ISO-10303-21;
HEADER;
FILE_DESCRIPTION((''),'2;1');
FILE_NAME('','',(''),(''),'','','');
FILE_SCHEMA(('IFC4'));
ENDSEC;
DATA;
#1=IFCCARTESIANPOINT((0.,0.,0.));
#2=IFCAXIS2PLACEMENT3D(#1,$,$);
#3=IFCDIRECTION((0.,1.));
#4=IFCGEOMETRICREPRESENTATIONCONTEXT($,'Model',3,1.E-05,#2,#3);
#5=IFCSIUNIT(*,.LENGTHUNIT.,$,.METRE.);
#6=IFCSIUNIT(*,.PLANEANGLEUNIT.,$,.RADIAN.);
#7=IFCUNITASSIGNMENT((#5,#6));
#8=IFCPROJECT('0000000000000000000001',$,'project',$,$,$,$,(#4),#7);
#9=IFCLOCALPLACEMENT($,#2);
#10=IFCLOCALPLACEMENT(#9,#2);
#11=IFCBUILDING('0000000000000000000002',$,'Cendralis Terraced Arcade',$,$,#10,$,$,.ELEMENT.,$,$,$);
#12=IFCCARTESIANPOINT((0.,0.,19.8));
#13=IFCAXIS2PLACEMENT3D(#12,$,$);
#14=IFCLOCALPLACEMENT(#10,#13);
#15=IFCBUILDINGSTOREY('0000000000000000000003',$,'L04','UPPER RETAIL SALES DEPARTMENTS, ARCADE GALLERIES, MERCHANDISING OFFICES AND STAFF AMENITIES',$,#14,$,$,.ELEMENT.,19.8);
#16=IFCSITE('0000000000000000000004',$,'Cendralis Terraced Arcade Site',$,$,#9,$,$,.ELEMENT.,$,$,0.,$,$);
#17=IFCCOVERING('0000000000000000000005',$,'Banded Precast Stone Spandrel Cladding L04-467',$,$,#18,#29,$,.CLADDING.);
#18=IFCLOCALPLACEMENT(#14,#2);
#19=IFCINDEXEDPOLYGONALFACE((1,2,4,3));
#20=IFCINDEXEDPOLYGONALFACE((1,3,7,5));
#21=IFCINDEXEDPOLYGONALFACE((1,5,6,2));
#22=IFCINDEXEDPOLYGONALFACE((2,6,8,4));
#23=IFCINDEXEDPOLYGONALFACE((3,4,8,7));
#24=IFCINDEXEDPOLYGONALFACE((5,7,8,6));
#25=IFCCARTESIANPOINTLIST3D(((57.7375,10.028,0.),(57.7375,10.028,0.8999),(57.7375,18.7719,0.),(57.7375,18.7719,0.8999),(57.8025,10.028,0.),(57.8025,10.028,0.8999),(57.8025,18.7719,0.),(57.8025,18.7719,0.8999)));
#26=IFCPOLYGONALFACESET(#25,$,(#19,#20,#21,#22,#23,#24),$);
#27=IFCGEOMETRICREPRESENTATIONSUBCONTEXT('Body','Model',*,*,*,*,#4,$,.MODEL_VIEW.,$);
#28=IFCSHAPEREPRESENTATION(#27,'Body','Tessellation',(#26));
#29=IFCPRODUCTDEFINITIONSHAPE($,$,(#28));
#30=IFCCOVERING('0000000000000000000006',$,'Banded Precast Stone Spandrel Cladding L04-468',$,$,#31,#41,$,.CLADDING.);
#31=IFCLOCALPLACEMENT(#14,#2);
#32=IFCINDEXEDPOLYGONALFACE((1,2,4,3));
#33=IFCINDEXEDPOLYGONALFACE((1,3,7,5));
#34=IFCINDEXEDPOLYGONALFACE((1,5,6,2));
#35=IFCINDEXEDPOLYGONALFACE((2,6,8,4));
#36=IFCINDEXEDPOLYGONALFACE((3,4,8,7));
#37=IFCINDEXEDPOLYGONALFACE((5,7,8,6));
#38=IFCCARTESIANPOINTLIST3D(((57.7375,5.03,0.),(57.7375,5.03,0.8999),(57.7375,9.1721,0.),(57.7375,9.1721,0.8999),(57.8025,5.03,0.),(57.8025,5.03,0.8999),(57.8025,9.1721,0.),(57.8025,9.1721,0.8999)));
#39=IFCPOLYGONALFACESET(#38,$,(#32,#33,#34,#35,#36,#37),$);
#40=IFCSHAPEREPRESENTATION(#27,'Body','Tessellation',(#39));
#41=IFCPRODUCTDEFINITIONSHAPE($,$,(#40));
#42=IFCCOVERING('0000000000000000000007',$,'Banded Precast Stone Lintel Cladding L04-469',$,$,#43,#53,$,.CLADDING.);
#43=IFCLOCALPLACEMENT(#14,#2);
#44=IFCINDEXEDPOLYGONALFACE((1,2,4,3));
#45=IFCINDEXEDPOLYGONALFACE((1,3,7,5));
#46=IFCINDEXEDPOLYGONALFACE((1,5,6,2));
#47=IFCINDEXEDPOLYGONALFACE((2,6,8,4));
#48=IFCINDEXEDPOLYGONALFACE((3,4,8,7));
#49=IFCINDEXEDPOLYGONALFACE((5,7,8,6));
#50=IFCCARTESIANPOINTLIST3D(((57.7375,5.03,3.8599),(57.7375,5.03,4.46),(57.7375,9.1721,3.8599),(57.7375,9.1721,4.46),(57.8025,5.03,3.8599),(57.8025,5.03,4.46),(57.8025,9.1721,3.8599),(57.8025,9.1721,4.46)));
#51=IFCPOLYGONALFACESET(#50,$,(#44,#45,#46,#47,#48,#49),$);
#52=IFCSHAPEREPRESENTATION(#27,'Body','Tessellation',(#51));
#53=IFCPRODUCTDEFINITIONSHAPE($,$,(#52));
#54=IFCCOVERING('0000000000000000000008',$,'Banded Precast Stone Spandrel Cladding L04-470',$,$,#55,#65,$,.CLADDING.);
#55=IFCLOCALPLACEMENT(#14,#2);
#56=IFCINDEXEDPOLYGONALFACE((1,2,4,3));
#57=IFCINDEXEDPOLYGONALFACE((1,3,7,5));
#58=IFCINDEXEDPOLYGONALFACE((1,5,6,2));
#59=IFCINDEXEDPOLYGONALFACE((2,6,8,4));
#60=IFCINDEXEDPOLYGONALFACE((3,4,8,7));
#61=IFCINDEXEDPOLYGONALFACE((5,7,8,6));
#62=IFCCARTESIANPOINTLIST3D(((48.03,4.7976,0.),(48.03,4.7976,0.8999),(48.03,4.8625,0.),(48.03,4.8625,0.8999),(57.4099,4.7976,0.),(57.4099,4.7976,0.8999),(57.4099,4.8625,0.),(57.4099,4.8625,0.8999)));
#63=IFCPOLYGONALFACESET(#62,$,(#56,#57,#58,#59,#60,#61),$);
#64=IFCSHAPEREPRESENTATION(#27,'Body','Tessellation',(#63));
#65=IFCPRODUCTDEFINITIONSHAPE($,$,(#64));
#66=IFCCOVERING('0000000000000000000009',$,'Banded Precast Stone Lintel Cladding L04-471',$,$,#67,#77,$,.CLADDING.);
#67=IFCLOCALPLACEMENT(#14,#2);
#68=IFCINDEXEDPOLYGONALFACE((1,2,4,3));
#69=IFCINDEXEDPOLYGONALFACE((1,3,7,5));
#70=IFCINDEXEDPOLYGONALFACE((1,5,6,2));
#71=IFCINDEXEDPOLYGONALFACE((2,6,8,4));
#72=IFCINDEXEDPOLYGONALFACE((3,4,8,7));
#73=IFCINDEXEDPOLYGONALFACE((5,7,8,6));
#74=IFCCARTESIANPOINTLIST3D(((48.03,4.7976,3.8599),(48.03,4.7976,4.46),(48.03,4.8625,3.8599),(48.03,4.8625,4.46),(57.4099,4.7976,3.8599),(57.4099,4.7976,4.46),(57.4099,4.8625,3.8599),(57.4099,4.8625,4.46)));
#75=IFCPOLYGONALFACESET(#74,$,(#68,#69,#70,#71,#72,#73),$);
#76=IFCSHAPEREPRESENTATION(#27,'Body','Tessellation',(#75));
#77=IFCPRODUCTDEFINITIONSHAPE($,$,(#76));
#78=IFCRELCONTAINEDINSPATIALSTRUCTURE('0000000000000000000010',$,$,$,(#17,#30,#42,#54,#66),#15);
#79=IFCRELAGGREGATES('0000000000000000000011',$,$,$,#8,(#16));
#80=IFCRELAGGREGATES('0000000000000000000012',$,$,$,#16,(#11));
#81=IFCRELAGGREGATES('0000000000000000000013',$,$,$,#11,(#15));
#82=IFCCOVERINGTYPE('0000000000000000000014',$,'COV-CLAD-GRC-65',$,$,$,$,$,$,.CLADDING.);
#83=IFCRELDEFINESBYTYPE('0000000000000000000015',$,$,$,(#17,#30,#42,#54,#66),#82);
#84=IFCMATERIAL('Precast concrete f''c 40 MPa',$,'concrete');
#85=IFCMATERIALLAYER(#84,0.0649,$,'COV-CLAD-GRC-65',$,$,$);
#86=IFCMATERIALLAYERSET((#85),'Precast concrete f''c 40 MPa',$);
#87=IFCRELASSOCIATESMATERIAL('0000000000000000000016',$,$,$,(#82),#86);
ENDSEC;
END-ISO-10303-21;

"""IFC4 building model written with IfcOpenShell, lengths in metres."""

from ifc_helpers import new_model, si_unit, direction, frame, origin, origin_2d, place, context, subcontext, project, spatial, rectangle, extrude, material, layer, layer_set, type_object, element, save


model = new_model("IFC4")

# Units and contexts
model_context = context("Model", 3, precision=1e-05, world=origin(), true_north=direction((0.0, 1.0)))
body_context = subcontext(model_context, "Body", "Model", "MODEL_VIEW")
ifc_project = project(units=[si_unit("LENGTHUNIT", "METRE"), si_unit("PLANEANGLEUNIT", "RADIAN")], contexts=[model_context])

# Site, building, storey
site_placement = place(None, origin())
site = spatial("IfcSite", under=ifc_project, at=site_placement, Name="Cendralis Terraced Arcade Site", CompositionType="ELEMENT", RefElevation=0.0)
building_placement = place(site_placement, origin())
building = spatial("IfcBuilding", under=site, at=building_placement, Name="Cendralis Terraced Arcade", CompositionType="ELEMENT")
storey_placement = place(building_placement, frame((0.0, 0.0, 19.8)))
storey = spatial("IfcBuildingStorey", under=building, at=storey_placement, Name="L04", Description="UPPER RETAIL SALES DEPARTMENTS, ARCADE GALLERIES, MERCHANDISING OFFICES AND STAFF AMENITIES", CompositionType="ELEMENT", Elevation=19.8)

# Shared definitions
ifc_material_1 = material(Name="Precast concrete f'c 40 MPa", Category="concrete")

# Coverings
ifc_layer_1 = layer(ifc_material_1, 0.0649, Name="COV-CLAD-GRC-65")
ifc_layer_set_1 = layer_set([ifc_layer_1], Name="Precast concrete f'c 40 MPa")
covering_type = type_object("IfcCoveringType", Name="COV-CLAD-GRC-65", PredefinedType="CLADDING", material=ifc_layer_set_1)
covering_1_placement = place(storey_placement, frame((57.77, 14.3999, 0.0), z_axis=(0.0, 0.0, 1.0), x_axis=(0.0, -1.0, 0.0)))
element("IfcCovering", 1, at=covering_1_placement, inside=storey, type_object=covering_type, Name="Banded Precast Stone Spandrel Cladding L04-467", PredefinedType="CLADDING", context=body_context, shape_type="SweptSolid", body=[
    extrude(rectangle(XDim=8.7439, YDim=0.0649, at=origin_2d()), origin(), (0.0, 0.0, 1.0), 0.8999),
])
covering_2_placement = place(storey_placement, frame((57.77, 7.1011, 0.0), z_axis=(0.0, 0.0, 1.0), x_axis=(0.0, -1.0, 0.0)))
element("IfcCovering", 2, at=covering_2_placement, inside=storey, type_object=covering_type, Name="Banded Precast Stone Spandrel Cladding L04-468", PredefinedType="CLADDING", context=body_context, shape_type="SweptSolid", body=[
    extrude(rectangle(XDim=4.1421, YDim=0.0649, at=origin_2d()), origin(), (0.0, 0.0, 1.0), 0.8999),
])
covering_3_placement = place(storey_placement, frame((57.77, 7.1011, 3.8599), z_axis=(0.0, 0.0, 1.0), x_axis=(0.0, -1.0, 0.0)))
element("IfcCovering", 3, at=covering_3_placement, inside=storey, type_object=covering_type, Name="Banded Precast Stone Lintel Cladding L04-469", PredefinedType="CLADDING", context=body_context, shape_type="SweptSolid", body=[
    extrude(rectangle(XDim=4.1421, YDim=0.0649, at=origin_2d()), origin(), (0.0, 0.0, 1.0), 0.6001),
])
covering_4_placement = place(storey_placement, frame((52.72, 4.8301, 0.0), z_axis=(0.0, 0.0, 1.0), x_axis=(-1.0, 0.0, 0.0)))
element("IfcCovering", 4, at=covering_4_placement, inside=storey, type_object=covering_type, Name="Banded Precast Stone Spandrel Cladding L04-470", PredefinedType="CLADDING", context=body_context, shape_type="SweptSolid", body=[
    extrude(rectangle(XDim=9.3799, YDim=0.0649, at=origin_2d()), origin(), (0.0, 0.0, 1.0), 0.8999),
])
covering_5_placement = place(storey_placement, frame((52.72, 4.8301, 3.8599), z_axis=(0.0, 0.0, 1.0), x_axis=(-1.0, 0.0, 0.0)))
element("IfcCovering", 5, at=covering_5_placement, inside=storey, type_object=covering_type, Name="Banded Precast Stone Lintel Cladding L04-471", PredefinedType="CLADDING", context=body_context, shape_type="SweptSolid", body=[
    extrude(rectangle(XDim=9.3799, YDim=0.0649, at=origin_2d()), origin(), (0.0, 0.0, 1.0), 0.6001),
])

save(model, "model.ifc")
